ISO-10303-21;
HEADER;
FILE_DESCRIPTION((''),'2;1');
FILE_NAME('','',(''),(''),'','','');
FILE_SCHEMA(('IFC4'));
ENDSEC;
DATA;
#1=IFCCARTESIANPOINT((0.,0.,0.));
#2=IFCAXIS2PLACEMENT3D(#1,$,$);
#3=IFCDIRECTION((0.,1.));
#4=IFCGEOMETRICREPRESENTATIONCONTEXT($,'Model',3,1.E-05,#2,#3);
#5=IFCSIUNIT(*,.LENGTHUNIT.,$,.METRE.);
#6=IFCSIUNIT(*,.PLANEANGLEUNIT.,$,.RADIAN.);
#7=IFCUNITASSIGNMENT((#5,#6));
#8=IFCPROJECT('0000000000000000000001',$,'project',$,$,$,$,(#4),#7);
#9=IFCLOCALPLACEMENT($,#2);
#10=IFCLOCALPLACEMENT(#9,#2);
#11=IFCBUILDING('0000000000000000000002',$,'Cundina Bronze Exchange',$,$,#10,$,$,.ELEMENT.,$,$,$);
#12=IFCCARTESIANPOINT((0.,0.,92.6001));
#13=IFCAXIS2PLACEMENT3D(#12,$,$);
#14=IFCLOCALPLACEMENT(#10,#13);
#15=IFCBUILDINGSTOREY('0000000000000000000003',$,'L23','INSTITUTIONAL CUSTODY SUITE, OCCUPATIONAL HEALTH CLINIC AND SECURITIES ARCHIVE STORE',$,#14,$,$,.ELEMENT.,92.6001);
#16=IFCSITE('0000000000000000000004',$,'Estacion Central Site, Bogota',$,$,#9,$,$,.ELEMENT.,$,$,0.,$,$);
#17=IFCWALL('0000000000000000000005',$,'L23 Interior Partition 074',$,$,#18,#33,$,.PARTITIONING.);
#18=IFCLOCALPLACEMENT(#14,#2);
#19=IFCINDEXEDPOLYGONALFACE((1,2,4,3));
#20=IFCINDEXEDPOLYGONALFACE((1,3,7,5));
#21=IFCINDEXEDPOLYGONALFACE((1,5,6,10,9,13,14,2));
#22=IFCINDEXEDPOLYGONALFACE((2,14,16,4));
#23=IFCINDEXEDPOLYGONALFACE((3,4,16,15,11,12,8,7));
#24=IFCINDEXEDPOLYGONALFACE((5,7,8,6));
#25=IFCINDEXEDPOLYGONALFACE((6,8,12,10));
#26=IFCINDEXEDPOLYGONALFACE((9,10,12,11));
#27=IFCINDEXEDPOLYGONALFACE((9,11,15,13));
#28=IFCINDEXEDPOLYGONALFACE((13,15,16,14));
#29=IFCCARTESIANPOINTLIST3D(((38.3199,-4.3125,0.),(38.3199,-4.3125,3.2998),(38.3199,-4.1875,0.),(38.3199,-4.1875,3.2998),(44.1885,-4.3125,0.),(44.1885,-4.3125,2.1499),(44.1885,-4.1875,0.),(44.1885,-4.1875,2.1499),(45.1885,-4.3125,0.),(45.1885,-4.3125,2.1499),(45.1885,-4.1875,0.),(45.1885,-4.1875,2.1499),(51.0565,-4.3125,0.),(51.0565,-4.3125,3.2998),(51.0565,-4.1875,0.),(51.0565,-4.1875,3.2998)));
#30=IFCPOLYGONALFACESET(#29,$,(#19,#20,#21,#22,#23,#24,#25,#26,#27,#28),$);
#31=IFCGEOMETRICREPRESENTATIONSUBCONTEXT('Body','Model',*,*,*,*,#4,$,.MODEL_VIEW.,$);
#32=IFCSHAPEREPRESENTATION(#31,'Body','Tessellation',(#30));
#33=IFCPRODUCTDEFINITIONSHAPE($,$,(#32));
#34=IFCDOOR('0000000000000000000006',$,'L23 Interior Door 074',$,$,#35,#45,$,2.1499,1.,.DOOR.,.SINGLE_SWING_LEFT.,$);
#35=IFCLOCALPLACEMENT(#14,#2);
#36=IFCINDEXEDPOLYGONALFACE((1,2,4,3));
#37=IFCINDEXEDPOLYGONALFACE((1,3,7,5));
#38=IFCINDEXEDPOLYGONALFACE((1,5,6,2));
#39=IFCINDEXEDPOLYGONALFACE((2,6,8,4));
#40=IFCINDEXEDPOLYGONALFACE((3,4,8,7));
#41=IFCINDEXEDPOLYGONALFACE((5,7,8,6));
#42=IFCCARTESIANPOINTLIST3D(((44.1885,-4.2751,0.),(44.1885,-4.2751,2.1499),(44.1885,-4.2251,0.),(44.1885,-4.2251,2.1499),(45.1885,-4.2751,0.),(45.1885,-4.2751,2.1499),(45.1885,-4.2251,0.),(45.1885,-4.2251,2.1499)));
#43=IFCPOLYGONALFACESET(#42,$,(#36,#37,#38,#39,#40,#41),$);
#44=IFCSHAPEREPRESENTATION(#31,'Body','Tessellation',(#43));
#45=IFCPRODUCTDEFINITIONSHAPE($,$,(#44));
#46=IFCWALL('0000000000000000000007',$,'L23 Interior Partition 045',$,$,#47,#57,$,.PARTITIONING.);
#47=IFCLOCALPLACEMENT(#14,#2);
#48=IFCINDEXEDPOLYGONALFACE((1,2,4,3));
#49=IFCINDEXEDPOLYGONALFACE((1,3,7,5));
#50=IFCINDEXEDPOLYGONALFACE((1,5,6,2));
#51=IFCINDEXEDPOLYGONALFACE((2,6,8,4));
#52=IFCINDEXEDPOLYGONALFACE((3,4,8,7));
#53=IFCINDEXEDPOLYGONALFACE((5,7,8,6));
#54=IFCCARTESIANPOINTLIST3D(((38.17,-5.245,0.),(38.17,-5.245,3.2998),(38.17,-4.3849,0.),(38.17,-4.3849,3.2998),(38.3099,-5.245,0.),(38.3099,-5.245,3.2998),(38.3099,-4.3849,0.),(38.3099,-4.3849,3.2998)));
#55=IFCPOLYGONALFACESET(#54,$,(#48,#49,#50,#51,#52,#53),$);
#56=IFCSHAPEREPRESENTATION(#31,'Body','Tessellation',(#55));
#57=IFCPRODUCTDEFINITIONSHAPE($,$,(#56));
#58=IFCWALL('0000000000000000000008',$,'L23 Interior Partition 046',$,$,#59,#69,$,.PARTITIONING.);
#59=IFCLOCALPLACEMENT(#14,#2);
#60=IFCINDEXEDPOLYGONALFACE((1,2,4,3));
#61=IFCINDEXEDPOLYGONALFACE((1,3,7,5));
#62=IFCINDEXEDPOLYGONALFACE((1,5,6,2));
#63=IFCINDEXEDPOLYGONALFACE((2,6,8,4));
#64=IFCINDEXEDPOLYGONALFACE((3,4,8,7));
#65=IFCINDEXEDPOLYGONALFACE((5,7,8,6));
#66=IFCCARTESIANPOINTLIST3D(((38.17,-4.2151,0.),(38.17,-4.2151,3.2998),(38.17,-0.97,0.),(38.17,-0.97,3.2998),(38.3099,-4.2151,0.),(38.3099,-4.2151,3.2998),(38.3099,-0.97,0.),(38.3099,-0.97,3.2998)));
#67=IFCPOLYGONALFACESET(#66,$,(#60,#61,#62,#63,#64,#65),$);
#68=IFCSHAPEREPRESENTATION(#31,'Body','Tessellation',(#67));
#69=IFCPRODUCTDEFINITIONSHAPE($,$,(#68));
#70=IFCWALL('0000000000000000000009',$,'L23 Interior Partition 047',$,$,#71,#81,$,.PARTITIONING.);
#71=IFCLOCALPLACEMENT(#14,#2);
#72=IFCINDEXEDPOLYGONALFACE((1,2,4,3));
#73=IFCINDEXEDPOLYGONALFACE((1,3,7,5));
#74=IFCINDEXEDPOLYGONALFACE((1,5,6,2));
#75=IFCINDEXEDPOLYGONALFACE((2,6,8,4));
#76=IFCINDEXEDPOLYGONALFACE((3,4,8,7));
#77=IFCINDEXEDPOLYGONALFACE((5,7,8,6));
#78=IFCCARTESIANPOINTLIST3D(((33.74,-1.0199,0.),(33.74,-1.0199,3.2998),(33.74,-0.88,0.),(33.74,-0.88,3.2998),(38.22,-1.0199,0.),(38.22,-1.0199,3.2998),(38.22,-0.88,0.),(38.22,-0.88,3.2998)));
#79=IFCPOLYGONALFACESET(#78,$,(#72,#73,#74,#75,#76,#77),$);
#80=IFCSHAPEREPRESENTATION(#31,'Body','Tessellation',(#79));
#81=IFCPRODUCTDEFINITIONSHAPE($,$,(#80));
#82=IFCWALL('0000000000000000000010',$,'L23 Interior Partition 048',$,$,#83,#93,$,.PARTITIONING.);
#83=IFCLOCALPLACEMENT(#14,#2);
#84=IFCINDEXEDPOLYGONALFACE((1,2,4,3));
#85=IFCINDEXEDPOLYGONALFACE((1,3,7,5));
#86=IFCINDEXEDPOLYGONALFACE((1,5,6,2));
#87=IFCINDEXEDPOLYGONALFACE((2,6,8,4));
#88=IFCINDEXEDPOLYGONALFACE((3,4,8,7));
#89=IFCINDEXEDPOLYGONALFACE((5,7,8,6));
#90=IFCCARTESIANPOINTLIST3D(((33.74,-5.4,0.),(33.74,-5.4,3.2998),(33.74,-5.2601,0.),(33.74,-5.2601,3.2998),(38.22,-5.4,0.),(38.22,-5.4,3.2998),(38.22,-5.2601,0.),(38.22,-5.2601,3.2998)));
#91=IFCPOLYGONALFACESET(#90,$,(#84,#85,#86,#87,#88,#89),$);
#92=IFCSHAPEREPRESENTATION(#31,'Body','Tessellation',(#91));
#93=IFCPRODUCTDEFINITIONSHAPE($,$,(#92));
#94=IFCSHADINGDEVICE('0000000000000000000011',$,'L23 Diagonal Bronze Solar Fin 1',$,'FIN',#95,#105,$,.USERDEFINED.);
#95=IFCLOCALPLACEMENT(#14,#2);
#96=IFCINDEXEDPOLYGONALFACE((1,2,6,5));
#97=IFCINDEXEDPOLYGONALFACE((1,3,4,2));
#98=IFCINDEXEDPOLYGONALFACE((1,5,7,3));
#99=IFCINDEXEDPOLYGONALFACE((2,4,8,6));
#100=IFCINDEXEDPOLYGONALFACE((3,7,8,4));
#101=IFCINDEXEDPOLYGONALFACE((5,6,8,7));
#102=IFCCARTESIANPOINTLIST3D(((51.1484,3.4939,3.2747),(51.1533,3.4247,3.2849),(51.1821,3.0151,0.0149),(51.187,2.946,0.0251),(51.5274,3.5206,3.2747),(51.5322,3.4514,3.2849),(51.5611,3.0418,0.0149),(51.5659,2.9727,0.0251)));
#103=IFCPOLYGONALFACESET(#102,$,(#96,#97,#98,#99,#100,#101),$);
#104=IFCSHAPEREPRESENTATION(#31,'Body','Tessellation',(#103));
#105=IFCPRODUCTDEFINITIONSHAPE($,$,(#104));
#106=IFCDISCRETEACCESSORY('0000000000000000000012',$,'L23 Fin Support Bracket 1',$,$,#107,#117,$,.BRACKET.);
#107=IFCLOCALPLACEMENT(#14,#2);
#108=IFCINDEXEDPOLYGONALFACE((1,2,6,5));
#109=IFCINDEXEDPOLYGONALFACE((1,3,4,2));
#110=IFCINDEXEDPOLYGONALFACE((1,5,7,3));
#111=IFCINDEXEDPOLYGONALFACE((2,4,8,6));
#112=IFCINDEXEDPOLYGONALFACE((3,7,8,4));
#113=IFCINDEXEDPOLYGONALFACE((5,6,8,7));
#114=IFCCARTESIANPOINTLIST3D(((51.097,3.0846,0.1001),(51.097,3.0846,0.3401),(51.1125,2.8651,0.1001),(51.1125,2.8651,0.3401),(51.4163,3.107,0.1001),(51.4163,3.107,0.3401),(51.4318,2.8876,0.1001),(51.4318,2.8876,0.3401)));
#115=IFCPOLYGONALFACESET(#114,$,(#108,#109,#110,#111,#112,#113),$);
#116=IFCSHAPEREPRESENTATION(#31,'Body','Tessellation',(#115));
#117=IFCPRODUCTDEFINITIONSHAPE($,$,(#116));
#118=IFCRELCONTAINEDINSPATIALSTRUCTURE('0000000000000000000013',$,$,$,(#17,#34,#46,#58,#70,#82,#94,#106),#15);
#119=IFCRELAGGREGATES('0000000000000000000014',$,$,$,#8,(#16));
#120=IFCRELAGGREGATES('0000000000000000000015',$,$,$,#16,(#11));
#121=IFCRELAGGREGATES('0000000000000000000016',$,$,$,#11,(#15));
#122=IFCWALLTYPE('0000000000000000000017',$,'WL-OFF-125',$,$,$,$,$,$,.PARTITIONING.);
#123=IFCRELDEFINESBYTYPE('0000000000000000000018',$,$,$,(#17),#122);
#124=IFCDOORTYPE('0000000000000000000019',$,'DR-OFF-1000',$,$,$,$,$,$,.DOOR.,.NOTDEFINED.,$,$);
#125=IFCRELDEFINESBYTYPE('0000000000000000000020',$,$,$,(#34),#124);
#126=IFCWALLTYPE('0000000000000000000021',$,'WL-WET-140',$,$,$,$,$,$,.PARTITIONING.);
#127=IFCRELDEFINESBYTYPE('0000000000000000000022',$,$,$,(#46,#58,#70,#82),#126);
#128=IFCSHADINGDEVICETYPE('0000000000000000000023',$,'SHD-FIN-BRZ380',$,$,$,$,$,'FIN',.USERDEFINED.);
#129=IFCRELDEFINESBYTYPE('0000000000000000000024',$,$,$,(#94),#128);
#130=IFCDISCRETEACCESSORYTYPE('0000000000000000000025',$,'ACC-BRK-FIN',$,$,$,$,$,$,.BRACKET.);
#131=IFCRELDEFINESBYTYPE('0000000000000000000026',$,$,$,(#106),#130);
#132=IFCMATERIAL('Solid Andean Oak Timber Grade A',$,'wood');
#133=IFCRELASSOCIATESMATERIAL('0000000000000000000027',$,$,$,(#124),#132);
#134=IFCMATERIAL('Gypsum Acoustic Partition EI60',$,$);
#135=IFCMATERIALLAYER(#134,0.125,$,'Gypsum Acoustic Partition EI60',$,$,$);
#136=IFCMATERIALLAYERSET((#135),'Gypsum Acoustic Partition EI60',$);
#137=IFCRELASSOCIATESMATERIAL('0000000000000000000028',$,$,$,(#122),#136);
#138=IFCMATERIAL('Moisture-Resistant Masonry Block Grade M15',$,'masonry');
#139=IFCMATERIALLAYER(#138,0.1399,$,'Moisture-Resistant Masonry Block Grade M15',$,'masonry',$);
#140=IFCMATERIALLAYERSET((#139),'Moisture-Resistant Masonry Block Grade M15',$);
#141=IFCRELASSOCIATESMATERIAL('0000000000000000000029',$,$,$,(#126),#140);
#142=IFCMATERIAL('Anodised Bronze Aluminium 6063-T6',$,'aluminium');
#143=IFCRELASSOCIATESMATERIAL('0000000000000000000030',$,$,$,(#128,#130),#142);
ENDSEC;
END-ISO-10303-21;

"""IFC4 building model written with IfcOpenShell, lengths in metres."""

from ifc_helpers import new_model, si_unit, direction, frame, frame_2d, origin, origin_2d, place, context, subcontext, project, spatial, rectangle, extrude, material, layer, layer_set, material_profile, profile_set, type_object, element, fill, save


model = new_model("IFC4")

# Units and contexts
model_context = context("Model", 3, precision=1e-05, world=origin(), true_north=direction((0.0, 1.0)))
body_context = subcontext(model_context, "Body", "Model", "MODEL_VIEW")
ifc_project = project(units=[si_unit("LENGTHUNIT", "METRE"), si_unit("PLANEANGLEUNIT", "RADIAN")], contexts=[model_context])

# Site, building, storey
site_placement = place(None, origin())
site = spatial("IfcSite", under=ifc_project, at=site_placement, Name="Estacion Central Site, Bogota", CompositionType="ELEMENT", RefElevation=0.0)
building_placement = place(site_placement, origin())
building = spatial("IfcBuilding", under=site, at=building_placement, Name="Cundina Bronze Exchange", CompositionType="ELEMENT")
storey_placement = place(building_placement, frame((0.0, 0.0, 92.6001)))
storey = spatial("IfcBuildingStorey", under=building, at=storey_placement, Name="L23", Description="INSTITUTIONAL CUSTODY SUITE, OCCUPATIONAL HEALTH CLINIC AND SECURITIES ARCHIVE STORE", CompositionType="ELEMENT", Elevation=92.6001)

# Shared definitions
ifc_material_1 = material(Name="Anodised Bronze Aluminium 6063-T6", Category="aluminium")

# Wall, opening, door
ifc_material_2 = material(Name="Solid Andean Oak Timber Grade A", Category="wood")
door_type_1 = type_object("IfcDoorType", Name="DR-OFF-1000", OperationType="NOTDEFINED", PredefinedType="DOOR", material=ifc_material_2)
ifc_material_3 = material(Name="Gypsum Acoustic Partition EI60")
ifc_layer_1 = layer(ifc_material_3, 0.125, Name="Gypsum Acoustic Partition EI60")
ifc_layer_set_1 = layer_set([ifc_layer_1], Name="Gypsum Acoustic Partition EI60")
wall_type_1 = type_object("IfcWallType", Name="WL-OFF-125", PredefinedType="PARTITIONING", material=ifc_layer_set_1)
wall_1_placement = place(storey_placement, frame((38.3201, -4.25, 0.0), z_axis=(0.0, 0.0, 1.0), x_axis=(1.0, 0.0, 0.0)))
wall_1 = element("IfcWall", 1, at=wall_1_placement, inside=storey, type_object=wall_type_1, Name="L23 Interior Partition 074", PredefinedType="PARTITIONING", context=body_context, shape_type="SweptSolid", body=[
    extrude(rectangle(XDim=12.7366, YDim=0.125, at=frame_2d((6.3682, 0.0))), origin(), (0.0, 0.0, 1.0), 3.2998),
])
opening_1_placement = place(wall_1_placement, frame((5.8684, 0.0, 0.0)))
opening_1 = element("IfcOpeningElement", 2, at=opening_1_placement, cuts=wall_1, PredefinedType="OPENING", context=body_context, shape_type="SweptSolid", body=[
    extrude(rectangle(XDim=1.0, YDim=2.1499, at=frame_2d((0.5, 1.075))), frame((0.0, 0.0725, 0.0), z_axis=(0.0, -1.0, 0.0), x_axis=(1.0, 0.0, 0.0)), (0.0, 0.0, 1.0), 0.145),
])
door_1_placement = place(opening_1_placement, origin())
door_1 = element("IfcDoor", 3, at=door_1_placement, inside=storey, type_object=door_type_1, Name="L23 Interior Door 074", OperationType="SINGLE_SWING_LEFT", OverallHeight=2.1499, OverallWidth=1.0, PredefinedType="DOOR", context=body_context, shape_type="SweptSolid", body=[
    extrude(rectangle(XDim=1.0, YDim=2.1499, at=frame_2d((0.5, 1.075))), frame((0.0, 0.0249, 0.0), z_axis=(0.0, -1.0, 0.0), x_axis=(1.0, 0.0, 0.0)), (0.0, 0.0, 1.0), 0.05),
])
fill(opening_1, door_1)

# Walls
ifc_material_4 = material(Name="Moisture-Resistant Masonry Block Grade M15", Category="masonry")
ifc_layer_2 = layer(ifc_material_4, 0.1399, Name="Moisture-Resistant Masonry Block Grade M15", Category="masonry")
ifc_layer_set_2 = layer_set([ifc_layer_2], Name="Moisture-Resistant Masonry Block Grade M15")
wall_type_2 = type_object("IfcWallType", Name="WL-WET-140", PredefinedType="PARTITIONING", material=ifc_layer_set_2)
wall_2_placement = place(storey_placement, frame((38.24, -5.2451, 0.0), z_axis=(0.0, 0.0, 1.0), x_axis=(0.0, 1.0, 0.0)))
element("IfcWall", 4, at=wall_2_placement, inside=storey, type_object=wall_type_2, Name="L23 Interior Partition 045", PredefinedType="PARTITIONING", context=body_context, shape_type="SweptSolid", body=[
    extrude(rectangle(XDim=0.8601, YDim=0.1399, at=frame_2d((0.4302, 0.0))), origin(), (0.0, 0.0, 1.0), 3.2998),
])
wall_3_placement = place(storey_placement, frame((38.24, -4.2151, 0.0), z_axis=(0.0, 0.0, 1.0), x_axis=(0.0, 1.0, 0.0)))
element("IfcWall", 5, at=wall_3_placement, inside=storey, type_object=wall_type_2, Name="L23 Interior Partition 046", PredefinedType="PARTITIONING", context=body_context, shape_type="SweptSolid", body=[
    extrude(rectangle(XDim=3.2451, YDim=0.1399, at=frame_2d((1.6226, 0.0))), origin(), (0.0, 0.0, 1.0), 3.2998),
])
for number, where, z_axis, x_axis, name in (
    (6, (33.74, -0.95, 0.0), (0.0, 0.0, 1.0), (1.0, 0.0, 0.0), "L23 Interior Partition 047"),
    (7, (33.74, -5.3301, 0.0), (0.0, 0.0, 1.0), (1.0, 0.0, 0.0), "L23 Interior Partition 048"),
):
    element("IfcWall", number, at=place(storey_placement, frame(where, z_axis=z_axis, x_axis=x_axis)), inside=storey, type_object=wall_type_2, Name=name, PredefinedType="PARTITIONING", context=body_context, shape_type="SweptSolid", body=[
        extrude(rectangle(XDim=4.48, YDim=0.1399, at=frame_2d((2.24, 0.0))), origin(), (0.0, 0.0, 1.0), 3.2998),
    ])

# Shading device
ifc_material_profile_1 = material_profile(ifc_material_1, rectangle(XDim=0.0701, YDim=0.3799, at=origin_2d()), Name="FIN70X380", Category="aluminium")
ifc_profile_set_1 = profile_set([ifc_material_profile_1], Name="Anodised Bronze Aluminium 6063-T6")
shading_device_type = type_object("IfcShadingDeviceType", Name="SHD-FIN-BRZ380", ElementType="FIN", PredefinedType="USERDEFINED", material=ifc_profile_set_1)
shading_device_placement = place(storey_placement, frame((51.374, 2.9939, 0.02), z_axis=(-0.010225, 0.145303, 0.989334), x_axis=(0.06945, -0.986894, 0.145662)))
element("IfcShadingDevice", 8, at=shading_device_placement, inside=storey, type_object=shading_device_type, Name="L23 Diagonal Bronze Solar Fin 1", ObjectType="FIN", PredefinedType="USERDEFINED", context=body_context, shape_type="SweptSolid", body=[
    extrude(rectangle(XDim=0.0701, YDim=0.3799, at=origin_2d()), origin(), (0.0, 0.0, 1.0), 3.2949),
])

# Discrete accessory
discrete_accessory_type = type_object("IfcDiscreteAccessoryType", Name="ACC-BRK-FIN", PredefinedType="BRACKET", material=ifc_material_1)
discrete_accessory_placement = place(storey_placement, frame((51.2644, 2.9861, 0.1001), z_axis=(0.0, 0.0, 1.0), x_axis=(-0.070279, 0.997527, 0.0)))
element("IfcDiscreteAccessory", 9, at=discrete_accessory_placement, inside=storey, type_object=discrete_accessory_type, Name="L23 Fin Support Bracket 1", PredefinedType="BRACKET", context=body_context, shape_type="SweptSolid", body=[
    extrude(rectangle(XDim=0.22, YDim=0.3201, at=origin_2d()), origin(), (0.0, 0.0, 1.0), 0.24),
])

save(model, "model.ifc")
